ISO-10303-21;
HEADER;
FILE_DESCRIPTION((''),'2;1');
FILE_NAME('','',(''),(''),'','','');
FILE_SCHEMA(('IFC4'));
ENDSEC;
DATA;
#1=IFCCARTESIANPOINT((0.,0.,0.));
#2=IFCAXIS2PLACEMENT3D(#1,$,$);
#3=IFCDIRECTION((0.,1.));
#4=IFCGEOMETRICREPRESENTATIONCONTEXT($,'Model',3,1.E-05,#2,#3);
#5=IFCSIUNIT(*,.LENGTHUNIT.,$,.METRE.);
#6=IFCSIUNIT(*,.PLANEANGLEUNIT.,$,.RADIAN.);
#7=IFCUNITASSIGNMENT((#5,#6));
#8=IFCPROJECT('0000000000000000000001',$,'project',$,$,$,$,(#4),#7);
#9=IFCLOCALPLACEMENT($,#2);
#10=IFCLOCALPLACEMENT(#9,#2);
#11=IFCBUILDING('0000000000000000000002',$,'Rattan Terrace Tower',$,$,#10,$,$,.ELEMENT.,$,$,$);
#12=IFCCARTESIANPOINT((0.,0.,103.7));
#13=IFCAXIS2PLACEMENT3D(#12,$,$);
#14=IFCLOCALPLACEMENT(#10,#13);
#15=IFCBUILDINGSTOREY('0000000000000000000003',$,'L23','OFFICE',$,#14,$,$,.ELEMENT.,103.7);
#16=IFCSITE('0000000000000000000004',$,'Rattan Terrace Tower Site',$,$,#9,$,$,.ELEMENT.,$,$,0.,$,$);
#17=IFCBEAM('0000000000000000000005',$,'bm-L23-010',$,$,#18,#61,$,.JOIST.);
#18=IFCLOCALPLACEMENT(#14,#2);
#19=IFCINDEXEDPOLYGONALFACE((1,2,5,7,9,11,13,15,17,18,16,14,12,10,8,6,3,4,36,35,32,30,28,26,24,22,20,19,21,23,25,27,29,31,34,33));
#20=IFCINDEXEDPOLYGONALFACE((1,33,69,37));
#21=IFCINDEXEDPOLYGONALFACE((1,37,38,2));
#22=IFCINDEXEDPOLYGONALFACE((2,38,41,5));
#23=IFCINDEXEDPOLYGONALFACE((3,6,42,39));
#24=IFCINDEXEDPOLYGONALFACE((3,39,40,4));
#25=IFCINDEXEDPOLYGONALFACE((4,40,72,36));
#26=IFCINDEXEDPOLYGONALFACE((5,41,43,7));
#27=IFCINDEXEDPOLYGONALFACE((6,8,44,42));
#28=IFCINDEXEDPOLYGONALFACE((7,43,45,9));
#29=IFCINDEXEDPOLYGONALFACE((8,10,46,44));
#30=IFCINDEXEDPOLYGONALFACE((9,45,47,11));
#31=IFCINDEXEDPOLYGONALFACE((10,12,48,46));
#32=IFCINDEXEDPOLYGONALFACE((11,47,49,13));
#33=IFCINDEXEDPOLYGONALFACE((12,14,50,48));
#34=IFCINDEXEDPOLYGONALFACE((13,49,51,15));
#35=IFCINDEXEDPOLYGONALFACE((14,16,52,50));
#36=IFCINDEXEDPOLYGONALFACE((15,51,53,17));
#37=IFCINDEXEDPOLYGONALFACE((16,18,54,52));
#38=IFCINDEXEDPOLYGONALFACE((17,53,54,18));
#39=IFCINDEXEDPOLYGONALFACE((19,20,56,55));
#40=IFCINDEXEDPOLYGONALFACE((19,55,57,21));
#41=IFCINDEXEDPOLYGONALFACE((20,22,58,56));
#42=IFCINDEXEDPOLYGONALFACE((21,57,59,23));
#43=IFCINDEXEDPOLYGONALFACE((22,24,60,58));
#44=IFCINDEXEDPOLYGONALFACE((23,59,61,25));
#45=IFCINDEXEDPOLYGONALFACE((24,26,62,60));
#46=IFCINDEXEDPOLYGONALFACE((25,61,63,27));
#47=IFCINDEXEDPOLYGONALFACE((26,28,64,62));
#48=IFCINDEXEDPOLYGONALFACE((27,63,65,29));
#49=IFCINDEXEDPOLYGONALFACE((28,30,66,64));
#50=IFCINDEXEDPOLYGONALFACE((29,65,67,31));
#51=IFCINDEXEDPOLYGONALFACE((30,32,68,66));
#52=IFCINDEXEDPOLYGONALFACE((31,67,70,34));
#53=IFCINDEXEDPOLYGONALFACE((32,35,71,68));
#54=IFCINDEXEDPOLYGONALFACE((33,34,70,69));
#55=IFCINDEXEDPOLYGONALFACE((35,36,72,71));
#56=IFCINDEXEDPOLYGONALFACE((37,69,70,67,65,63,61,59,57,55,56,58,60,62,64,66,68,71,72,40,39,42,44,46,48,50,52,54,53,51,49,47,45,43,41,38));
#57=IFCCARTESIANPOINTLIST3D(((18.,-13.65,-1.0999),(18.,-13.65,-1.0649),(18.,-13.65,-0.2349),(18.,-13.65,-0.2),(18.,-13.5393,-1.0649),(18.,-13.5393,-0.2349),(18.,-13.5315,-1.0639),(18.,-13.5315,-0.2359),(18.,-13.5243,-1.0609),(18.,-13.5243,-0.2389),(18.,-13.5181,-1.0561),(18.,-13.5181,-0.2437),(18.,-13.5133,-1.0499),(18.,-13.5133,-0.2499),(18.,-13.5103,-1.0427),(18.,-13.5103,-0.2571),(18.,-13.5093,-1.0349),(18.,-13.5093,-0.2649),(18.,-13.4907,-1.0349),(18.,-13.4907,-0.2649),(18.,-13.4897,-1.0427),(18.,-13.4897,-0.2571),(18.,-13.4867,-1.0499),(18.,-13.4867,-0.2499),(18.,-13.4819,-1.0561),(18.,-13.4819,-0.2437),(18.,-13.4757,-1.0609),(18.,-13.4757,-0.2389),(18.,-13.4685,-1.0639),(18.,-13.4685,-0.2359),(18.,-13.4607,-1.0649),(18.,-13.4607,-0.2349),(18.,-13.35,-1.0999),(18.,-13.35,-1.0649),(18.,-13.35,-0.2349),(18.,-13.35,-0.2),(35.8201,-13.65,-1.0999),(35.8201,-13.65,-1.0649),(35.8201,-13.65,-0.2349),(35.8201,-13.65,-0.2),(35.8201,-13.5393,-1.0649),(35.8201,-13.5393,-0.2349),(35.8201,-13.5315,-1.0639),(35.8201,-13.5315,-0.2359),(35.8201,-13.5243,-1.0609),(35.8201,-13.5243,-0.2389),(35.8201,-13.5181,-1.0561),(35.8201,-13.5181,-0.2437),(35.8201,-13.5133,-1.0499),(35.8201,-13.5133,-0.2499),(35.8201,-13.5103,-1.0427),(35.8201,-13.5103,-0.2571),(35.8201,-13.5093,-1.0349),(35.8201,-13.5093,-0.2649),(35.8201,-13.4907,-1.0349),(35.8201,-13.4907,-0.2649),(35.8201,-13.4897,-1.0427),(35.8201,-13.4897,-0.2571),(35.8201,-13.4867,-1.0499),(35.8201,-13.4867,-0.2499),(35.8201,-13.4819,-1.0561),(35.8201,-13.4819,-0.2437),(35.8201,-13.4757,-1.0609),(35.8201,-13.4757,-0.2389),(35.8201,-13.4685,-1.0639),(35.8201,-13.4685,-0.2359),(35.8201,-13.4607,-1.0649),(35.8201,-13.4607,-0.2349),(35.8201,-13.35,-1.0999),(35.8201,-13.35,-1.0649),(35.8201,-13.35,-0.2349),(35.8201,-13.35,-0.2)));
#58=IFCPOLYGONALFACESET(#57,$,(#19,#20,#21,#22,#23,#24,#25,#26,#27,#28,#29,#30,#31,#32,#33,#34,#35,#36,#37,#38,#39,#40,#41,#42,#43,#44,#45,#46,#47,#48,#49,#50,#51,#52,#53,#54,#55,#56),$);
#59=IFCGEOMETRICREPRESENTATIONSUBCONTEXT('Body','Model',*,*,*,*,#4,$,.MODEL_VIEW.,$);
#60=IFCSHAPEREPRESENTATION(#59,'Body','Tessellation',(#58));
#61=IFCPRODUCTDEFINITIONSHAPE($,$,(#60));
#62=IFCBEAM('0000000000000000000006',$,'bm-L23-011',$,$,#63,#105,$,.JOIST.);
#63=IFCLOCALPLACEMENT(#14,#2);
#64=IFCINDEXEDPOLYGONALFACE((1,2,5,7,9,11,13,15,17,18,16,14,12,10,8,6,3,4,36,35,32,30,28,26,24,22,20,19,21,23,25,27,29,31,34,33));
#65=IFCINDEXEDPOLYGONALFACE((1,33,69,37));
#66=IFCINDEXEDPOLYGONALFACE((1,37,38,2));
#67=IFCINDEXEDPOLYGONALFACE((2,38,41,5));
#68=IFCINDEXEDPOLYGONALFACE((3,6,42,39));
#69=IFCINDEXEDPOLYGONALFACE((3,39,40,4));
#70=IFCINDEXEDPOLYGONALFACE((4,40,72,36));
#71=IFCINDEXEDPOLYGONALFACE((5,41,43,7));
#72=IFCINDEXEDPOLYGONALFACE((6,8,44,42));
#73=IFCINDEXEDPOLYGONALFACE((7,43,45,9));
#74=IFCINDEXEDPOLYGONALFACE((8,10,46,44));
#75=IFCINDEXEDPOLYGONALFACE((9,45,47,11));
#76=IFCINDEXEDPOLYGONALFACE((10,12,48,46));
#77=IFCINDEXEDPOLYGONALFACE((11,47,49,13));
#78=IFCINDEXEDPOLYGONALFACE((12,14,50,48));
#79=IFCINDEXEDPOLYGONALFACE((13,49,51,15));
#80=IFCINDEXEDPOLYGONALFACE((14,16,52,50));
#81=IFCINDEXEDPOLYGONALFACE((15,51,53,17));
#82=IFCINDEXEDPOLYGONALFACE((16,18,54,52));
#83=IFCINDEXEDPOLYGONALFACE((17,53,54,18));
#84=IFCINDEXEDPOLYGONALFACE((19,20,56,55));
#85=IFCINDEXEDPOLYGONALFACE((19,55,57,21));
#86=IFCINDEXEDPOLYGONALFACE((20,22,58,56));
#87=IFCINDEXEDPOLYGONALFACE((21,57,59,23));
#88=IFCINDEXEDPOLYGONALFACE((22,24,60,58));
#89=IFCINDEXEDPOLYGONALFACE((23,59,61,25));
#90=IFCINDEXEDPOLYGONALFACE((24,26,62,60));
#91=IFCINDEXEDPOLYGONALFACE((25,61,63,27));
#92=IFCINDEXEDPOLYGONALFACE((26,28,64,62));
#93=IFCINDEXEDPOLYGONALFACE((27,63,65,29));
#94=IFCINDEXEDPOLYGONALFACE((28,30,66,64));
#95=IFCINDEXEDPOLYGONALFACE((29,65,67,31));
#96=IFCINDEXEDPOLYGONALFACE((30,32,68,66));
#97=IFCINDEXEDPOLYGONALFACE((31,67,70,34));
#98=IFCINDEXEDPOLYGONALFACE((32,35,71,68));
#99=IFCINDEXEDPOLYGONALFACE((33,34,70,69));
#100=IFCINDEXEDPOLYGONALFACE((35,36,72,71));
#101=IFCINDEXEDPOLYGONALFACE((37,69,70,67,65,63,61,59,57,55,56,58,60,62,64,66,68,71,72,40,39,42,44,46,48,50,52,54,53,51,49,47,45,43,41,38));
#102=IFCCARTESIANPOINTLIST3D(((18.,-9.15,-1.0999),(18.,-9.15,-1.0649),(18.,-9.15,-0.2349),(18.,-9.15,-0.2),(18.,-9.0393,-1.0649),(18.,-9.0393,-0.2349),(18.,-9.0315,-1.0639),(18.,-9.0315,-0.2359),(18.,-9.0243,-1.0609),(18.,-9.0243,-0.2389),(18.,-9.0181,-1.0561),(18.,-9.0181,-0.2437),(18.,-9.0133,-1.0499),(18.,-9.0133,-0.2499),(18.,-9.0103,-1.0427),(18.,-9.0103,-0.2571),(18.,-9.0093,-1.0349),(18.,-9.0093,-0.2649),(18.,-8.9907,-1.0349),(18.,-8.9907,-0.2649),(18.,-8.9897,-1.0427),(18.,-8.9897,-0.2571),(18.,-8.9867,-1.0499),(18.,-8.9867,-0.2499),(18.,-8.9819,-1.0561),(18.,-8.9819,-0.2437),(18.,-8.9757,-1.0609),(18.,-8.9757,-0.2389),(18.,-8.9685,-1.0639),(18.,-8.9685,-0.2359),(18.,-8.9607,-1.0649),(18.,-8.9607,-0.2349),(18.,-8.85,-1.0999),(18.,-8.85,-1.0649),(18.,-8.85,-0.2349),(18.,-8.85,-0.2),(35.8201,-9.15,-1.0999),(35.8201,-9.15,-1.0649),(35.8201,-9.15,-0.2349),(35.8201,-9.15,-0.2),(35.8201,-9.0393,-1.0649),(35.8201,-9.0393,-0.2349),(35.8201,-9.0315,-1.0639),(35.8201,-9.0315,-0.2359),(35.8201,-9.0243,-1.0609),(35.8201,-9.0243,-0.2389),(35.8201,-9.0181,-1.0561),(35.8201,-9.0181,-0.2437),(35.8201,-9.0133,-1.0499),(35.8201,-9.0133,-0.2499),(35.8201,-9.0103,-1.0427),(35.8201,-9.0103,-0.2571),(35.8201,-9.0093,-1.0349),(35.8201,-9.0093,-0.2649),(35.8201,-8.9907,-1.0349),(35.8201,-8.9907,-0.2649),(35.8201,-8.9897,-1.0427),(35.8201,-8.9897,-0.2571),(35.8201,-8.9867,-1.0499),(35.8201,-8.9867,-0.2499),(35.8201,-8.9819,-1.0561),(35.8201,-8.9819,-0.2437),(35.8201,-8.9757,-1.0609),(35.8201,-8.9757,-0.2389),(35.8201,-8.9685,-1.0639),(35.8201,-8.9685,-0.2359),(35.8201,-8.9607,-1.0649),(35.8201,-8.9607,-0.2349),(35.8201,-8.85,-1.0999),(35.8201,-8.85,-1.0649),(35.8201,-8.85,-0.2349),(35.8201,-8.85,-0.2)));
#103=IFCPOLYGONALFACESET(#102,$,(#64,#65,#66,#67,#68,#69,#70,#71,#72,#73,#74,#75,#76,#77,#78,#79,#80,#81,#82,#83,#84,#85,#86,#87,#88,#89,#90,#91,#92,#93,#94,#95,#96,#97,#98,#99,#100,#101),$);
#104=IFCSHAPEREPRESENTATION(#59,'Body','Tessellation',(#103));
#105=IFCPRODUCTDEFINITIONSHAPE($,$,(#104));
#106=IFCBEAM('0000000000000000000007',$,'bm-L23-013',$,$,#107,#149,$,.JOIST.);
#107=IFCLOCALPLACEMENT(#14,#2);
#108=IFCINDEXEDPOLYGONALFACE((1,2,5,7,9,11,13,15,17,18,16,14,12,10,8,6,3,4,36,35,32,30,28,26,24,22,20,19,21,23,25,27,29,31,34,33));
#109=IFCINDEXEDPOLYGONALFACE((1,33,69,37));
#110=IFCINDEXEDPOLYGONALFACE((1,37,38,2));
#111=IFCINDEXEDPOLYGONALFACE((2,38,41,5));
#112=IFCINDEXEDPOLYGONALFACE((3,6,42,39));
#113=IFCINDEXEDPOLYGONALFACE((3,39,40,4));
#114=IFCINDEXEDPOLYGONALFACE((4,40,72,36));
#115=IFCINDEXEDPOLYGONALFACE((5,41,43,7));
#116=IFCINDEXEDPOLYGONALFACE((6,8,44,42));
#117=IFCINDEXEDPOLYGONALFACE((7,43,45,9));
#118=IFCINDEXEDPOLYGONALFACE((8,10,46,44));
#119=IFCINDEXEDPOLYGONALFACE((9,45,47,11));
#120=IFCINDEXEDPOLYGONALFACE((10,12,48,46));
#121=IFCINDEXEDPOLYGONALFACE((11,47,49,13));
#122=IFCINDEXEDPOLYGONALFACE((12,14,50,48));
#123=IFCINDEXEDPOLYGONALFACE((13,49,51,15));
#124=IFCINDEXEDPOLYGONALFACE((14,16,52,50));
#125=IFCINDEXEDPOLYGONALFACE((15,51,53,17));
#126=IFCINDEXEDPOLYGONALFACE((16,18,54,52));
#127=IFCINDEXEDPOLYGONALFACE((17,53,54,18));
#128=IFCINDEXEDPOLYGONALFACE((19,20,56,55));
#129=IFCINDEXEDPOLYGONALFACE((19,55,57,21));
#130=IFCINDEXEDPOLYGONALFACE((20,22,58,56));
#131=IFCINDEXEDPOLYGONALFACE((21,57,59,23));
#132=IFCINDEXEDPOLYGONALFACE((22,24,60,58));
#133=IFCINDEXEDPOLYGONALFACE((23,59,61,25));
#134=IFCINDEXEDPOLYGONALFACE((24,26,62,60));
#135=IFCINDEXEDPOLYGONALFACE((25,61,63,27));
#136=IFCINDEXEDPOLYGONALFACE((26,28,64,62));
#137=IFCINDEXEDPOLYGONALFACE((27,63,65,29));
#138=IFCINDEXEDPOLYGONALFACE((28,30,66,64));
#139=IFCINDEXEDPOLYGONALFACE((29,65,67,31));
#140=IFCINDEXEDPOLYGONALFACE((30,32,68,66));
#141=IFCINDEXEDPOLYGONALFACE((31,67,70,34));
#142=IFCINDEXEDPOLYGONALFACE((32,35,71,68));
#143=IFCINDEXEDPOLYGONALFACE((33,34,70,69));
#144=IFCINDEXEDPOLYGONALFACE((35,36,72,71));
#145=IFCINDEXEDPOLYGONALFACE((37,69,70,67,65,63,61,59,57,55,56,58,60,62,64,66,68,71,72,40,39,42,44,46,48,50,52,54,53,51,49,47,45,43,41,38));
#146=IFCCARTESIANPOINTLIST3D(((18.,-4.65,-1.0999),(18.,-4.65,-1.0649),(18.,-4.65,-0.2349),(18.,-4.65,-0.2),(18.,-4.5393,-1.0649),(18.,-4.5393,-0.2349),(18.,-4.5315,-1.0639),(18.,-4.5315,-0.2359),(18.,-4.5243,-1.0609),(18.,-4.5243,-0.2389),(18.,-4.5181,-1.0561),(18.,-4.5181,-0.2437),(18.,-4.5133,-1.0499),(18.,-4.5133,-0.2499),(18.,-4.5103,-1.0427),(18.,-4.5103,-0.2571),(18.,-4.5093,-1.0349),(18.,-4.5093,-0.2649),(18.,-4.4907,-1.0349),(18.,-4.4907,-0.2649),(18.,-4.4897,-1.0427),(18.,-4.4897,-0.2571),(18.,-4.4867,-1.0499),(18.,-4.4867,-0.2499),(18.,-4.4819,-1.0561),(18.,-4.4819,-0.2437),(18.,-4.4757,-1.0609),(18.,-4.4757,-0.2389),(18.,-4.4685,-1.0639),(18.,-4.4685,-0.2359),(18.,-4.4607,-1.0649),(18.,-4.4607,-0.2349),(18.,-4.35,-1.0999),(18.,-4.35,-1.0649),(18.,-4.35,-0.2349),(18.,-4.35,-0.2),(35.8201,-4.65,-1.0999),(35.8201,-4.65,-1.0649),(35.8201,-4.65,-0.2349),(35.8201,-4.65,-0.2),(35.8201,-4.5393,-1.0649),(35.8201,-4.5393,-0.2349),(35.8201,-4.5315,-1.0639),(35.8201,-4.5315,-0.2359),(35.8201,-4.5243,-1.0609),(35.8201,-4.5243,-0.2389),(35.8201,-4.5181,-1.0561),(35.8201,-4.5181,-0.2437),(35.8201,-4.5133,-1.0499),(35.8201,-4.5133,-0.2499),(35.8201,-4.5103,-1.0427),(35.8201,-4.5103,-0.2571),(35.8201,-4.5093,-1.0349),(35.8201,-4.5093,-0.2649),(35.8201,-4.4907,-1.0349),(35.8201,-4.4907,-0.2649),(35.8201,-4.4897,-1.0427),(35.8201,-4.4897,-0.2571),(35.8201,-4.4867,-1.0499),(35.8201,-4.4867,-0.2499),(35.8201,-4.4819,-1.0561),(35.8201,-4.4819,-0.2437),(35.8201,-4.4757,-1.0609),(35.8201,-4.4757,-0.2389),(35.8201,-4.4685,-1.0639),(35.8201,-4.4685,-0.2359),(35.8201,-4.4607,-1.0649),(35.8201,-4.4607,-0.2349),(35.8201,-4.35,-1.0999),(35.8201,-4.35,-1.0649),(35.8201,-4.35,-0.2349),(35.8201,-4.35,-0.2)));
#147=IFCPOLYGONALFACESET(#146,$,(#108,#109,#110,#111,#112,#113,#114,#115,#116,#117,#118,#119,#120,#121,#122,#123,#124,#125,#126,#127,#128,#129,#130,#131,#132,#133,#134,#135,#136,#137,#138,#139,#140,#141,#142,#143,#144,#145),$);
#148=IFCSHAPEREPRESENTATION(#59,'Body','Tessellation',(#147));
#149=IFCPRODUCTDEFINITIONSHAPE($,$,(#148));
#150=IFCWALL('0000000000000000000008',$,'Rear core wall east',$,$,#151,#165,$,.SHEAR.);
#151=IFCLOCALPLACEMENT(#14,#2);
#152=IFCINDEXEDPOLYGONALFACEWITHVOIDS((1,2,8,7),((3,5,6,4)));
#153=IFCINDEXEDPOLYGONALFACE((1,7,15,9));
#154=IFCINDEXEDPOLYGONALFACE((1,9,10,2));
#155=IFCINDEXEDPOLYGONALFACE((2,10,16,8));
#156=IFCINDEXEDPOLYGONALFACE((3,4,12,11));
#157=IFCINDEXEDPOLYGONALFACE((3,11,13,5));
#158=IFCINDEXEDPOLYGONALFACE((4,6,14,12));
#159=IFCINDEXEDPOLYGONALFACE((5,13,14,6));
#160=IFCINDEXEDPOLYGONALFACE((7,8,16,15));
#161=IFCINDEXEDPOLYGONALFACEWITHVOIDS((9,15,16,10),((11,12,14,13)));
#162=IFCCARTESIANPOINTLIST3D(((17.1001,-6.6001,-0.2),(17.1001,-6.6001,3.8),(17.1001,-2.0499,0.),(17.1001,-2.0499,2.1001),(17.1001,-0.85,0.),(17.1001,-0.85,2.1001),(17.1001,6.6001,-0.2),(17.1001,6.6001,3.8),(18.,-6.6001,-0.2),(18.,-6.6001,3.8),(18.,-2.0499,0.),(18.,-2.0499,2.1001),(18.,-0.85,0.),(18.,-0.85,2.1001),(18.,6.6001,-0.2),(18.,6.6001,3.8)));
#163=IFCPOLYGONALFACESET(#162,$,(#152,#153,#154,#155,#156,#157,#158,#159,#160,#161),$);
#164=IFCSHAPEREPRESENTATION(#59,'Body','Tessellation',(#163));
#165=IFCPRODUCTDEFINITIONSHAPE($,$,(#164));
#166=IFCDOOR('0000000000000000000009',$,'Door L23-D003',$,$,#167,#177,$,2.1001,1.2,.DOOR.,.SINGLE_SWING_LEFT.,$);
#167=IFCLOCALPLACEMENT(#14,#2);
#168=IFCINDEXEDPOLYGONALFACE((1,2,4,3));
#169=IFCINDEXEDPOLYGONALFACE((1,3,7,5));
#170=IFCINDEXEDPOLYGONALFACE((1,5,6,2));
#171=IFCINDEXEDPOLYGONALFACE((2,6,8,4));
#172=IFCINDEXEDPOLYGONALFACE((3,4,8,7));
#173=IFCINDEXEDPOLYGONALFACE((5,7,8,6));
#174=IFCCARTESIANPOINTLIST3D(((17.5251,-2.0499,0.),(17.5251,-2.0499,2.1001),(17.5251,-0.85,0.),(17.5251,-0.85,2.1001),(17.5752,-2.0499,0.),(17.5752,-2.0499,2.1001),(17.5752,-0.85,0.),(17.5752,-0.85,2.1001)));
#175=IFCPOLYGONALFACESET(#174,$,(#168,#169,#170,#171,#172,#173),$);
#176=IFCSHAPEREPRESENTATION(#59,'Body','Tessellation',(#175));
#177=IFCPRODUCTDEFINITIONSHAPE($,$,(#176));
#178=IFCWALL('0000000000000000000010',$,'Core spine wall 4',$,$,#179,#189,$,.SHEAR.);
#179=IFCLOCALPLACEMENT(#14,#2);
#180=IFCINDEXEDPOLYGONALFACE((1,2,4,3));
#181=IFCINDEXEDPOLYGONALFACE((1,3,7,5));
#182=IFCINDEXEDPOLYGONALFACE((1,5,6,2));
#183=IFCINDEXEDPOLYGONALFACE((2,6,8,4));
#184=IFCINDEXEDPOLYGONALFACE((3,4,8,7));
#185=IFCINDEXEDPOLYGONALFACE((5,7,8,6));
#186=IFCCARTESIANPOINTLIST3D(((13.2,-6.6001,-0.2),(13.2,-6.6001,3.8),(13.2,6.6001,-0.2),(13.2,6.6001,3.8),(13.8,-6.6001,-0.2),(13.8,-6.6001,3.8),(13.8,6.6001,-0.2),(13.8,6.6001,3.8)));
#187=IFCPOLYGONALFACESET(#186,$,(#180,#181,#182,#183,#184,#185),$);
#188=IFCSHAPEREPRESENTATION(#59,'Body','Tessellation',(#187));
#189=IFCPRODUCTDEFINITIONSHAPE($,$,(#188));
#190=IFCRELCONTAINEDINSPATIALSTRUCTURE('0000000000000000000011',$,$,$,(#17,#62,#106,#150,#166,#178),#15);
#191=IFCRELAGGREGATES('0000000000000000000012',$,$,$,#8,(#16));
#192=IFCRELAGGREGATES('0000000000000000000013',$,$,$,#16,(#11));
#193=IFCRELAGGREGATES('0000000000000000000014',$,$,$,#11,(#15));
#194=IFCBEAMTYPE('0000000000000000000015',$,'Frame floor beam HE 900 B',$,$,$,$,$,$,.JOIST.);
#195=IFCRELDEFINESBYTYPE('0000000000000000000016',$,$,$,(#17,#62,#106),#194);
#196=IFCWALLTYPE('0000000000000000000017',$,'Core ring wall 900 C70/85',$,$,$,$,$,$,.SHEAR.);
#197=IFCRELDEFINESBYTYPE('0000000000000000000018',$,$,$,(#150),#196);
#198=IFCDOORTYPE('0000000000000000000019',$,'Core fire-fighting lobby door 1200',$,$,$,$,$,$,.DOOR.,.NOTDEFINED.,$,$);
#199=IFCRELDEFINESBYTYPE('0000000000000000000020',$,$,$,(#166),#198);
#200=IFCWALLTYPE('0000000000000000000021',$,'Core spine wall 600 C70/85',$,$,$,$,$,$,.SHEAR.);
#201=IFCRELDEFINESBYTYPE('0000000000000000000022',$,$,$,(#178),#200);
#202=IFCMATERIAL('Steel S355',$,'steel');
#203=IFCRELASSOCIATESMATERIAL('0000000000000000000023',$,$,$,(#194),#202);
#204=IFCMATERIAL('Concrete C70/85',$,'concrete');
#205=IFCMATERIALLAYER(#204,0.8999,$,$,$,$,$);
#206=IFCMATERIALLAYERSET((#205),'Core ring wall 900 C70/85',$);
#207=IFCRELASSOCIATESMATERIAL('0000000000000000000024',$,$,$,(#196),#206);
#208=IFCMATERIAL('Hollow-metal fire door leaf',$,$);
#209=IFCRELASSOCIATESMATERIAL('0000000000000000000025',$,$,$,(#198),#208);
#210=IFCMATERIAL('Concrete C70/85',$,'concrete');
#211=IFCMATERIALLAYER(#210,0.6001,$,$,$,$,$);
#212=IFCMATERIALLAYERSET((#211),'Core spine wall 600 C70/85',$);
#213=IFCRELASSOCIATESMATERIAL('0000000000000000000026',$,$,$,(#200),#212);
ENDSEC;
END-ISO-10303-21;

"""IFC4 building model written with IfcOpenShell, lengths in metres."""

from ifc_helpers import new_model, si_unit, direction, frame, frame_2d, origin, origin_2d, place, context, subcontext, project, spatial, rectangle, i_section, extrude, material, layer, layer_set, material_profile, profile_set, type_object, element, fill, save


model = new_model("IFC4")

# Units and contexts
model_context = context("Model", 3, precision=1e-05, world=origin(), true_north=direction((0.0, 1.0)))
body_context = subcontext(model_context, "Body", "Model", "MODEL_VIEW")
ifc_project = project(units=[si_unit("LENGTHUNIT", "METRE"), si_unit("PLANEANGLEUNIT", "RADIAN")], contexts=[model_context])

# Site, building, storey
site_placement = place(None, origin())
site = spatial("IfcSite", under=ifc_project, at=site_placement, Name="Rattan Terrace Tower Site", CompositionType="ELEMENT", RefElevation=0.0)
building_placement = place(site_placement, origin())
building = spatial("IfcBuilding", under=site, at=building_placement, Name="Rattan Terrace Tower", CompositionType="ELEMENT")
storey_placement = place(building_placement, frame((0.0, 0.0, 103.7)))
storey = spatial("IfcBuildingStorey", under=building, at=storey_placement, Name="L23", Description="OFFICE", CompositionType="ELEMENT", Elevation=103.7)

# Beams
ifc_material_1 = material(Name="Steel S355", Category="steel")
ifc_material_profile = material_profile(ifc_material_1, i_section(OverallWidth=0.3, OverallDepth=0.8999, WebThickness=0.0186, FlangeThickness=0.0349, FilletRadius=0.03, at=origin_2d()), Name="HE 900 B")
ifc_profile_set = profile_set([ifc_material_profile], Name="Steel S355")
beam_type = type_object("IfcBeamType", Name="Frame floor beam HE 900 B", PredefinedType="JOIST", material=ifc_profile_set)
for number, where, z_axis, x_axis, name in (
    (1, (18.0, -13.5, -0.6499), (1.0, 0.0, 0.0), (0.0, 1.0, 0.0), "bm-L23-010"),
    (2, (18.0, -9.0, -0.6499), (1.0, 0.0, 0.0), (0.0, 1.0, 0.0), "bm-L23-011"),
    (3, (18.0, -4.5, -0.6499), (1.0, 0.0, 0.0), (0.0, 1.0, 0.0), "bm-L23-013"),
):
    element("IfcBeam", number, at=place(storey_placement, frame(where, z_axis=z_axis, x_axis=x_axis)), inside=storey, type_object=beam_type, Name=name, PredefinedType="JOIST", context=body_context, shape_type="SweptSolid", body=[
        extrude(i_section(OverallWidth=0.3, OverallDepth=0.8999, WebThickness=0.0186, FlangeThickness=0.0349, FilletRadius=0.03, at=origin_2d()), origin(), (0.0, 0.0, 1.0), 17.8201),
    ])

# Wall, opening, door
ifc_material_2 = material(Name="Concrete C70/85", Category="concrete")
ifc_layer_1 = layer(ifc_material_2, 0.8999)
ifc_layer_set_1 = layer_set([ifc_layer_1], Name="Core ring wall 900 C70/85")
wall_type_1 = type_object("IfcWallType", Name="Core ring wall 900 C70/85", PredefinedType="SHEAR", material=ifc_layer_set_1)
wall_1_placement = place(storey_placement, frame((17.55, -6.6001, -0.2), z_axis=(0.0, 0.0, 1.0), x_axis=(0.0, 1.0, 0.0)))
wall_1 = element("IfcWall", 4, at=wall_1_placement, inside=storey, type_object=wall_type_1, Name="Rear core wall east", PredefinedType="SHEAR", context=body_context, shape_type="SweptSolid", body=[
    extrude(rectangle(XDim=13.2002, YDim=0.8999, at=frame_2d((6.6001, 0.0))), origin(), (0.0, 0.0, 1.0), 4.0),
])
opening_1_placement = place(wall_1_placement, frame((4.55, 0.0, 0.2)))
opening_1 = element("IfcOpeningElement", 5, at=opening_1_placement, cuts=wall_1, PredefinedType="OPENING", context=body_context, shape_type="SweptSolid", body=[
    extrude(rectangle(XDim=1.2, YDim=2.1001, at=frame_2d((0.6001, 1.05))), frame((0.0, 0.4604, 0.0), z_axis=(0.0, -1.0, 0.0), x_axis=(1.0, 0.0, 0.0)), (0.0, 0.0, 1.0), 0.9209),
])
ifc_material_3 = material(Name="Hollow-metal fire door leaf")
door_type_1 = type_object("IfcDoorType", Name="Core fire-fighting lobby door 1200", OperationType="NOTDEFINED", PredefinedType="DOOR", material=ifc_material_3)
door_1_placement = place(opening_1_placement, origin())
door_1 = element("IfcDoor", 6, at=door_1_placement, inside=storey, type_object=door_type_1, Name="Door L23-D003", OperationType="SINGLE_SWING_LEFT", OverallHeight=2.1001, OverallWidth=1.2, PredefinedType="DOOR", context=body_context, shape_type="SweptSolid", body=[
    extrude(rectangle(XDim=1.2, YDim=2.1001, at=frame_2d((0.6001, 1.05))), frame((0.0, 0.0249, 0.0), z_axis=(0.0, -1.0, 0.0), x_axis=(1.0, 0.0, 0.0)), (0.0, 0.0, 1.0), 0.05),
])
fill(opening_1, door_1)

# Wall
ifc_material_4 = material(Name="Concrete C70/85", Category="concrete")
ifc_layer_2 = layer(ifc_material_4, 0.6001)
ifc_layer_set_2 = layer_set([ifc_layer_2], Name="Core spine wall 600 C70/85")
wall_type_2 = type_object("IfcWallType", Name="Core spine wall 600 C70/85", PredefinedType="SHEAR", material=ifc_layer_set_2)
wall_2_placement = place(storey_placement, frame((13.5, -6.6001, -0.2), z_axis=(0.0, 0.0, 1.0), x_axis=(0.0, 1.0, 0.0)))
element("IfcWall", 7, at=wall_2_placement, inside=storey, type_object=wall_type_2, Name="Core spine wall 4", PredefinedType="SHEAR", context=body_context, shape_type="SweptSolid", body=[
    extrude(rectangle(XDim=13.2002, YDim=0.6001, at=frame_2d((6.6001, 0.0))), origin(), (0.0, 0.0, 1.0), 4.0),
])

save(model, "model.ifc")
